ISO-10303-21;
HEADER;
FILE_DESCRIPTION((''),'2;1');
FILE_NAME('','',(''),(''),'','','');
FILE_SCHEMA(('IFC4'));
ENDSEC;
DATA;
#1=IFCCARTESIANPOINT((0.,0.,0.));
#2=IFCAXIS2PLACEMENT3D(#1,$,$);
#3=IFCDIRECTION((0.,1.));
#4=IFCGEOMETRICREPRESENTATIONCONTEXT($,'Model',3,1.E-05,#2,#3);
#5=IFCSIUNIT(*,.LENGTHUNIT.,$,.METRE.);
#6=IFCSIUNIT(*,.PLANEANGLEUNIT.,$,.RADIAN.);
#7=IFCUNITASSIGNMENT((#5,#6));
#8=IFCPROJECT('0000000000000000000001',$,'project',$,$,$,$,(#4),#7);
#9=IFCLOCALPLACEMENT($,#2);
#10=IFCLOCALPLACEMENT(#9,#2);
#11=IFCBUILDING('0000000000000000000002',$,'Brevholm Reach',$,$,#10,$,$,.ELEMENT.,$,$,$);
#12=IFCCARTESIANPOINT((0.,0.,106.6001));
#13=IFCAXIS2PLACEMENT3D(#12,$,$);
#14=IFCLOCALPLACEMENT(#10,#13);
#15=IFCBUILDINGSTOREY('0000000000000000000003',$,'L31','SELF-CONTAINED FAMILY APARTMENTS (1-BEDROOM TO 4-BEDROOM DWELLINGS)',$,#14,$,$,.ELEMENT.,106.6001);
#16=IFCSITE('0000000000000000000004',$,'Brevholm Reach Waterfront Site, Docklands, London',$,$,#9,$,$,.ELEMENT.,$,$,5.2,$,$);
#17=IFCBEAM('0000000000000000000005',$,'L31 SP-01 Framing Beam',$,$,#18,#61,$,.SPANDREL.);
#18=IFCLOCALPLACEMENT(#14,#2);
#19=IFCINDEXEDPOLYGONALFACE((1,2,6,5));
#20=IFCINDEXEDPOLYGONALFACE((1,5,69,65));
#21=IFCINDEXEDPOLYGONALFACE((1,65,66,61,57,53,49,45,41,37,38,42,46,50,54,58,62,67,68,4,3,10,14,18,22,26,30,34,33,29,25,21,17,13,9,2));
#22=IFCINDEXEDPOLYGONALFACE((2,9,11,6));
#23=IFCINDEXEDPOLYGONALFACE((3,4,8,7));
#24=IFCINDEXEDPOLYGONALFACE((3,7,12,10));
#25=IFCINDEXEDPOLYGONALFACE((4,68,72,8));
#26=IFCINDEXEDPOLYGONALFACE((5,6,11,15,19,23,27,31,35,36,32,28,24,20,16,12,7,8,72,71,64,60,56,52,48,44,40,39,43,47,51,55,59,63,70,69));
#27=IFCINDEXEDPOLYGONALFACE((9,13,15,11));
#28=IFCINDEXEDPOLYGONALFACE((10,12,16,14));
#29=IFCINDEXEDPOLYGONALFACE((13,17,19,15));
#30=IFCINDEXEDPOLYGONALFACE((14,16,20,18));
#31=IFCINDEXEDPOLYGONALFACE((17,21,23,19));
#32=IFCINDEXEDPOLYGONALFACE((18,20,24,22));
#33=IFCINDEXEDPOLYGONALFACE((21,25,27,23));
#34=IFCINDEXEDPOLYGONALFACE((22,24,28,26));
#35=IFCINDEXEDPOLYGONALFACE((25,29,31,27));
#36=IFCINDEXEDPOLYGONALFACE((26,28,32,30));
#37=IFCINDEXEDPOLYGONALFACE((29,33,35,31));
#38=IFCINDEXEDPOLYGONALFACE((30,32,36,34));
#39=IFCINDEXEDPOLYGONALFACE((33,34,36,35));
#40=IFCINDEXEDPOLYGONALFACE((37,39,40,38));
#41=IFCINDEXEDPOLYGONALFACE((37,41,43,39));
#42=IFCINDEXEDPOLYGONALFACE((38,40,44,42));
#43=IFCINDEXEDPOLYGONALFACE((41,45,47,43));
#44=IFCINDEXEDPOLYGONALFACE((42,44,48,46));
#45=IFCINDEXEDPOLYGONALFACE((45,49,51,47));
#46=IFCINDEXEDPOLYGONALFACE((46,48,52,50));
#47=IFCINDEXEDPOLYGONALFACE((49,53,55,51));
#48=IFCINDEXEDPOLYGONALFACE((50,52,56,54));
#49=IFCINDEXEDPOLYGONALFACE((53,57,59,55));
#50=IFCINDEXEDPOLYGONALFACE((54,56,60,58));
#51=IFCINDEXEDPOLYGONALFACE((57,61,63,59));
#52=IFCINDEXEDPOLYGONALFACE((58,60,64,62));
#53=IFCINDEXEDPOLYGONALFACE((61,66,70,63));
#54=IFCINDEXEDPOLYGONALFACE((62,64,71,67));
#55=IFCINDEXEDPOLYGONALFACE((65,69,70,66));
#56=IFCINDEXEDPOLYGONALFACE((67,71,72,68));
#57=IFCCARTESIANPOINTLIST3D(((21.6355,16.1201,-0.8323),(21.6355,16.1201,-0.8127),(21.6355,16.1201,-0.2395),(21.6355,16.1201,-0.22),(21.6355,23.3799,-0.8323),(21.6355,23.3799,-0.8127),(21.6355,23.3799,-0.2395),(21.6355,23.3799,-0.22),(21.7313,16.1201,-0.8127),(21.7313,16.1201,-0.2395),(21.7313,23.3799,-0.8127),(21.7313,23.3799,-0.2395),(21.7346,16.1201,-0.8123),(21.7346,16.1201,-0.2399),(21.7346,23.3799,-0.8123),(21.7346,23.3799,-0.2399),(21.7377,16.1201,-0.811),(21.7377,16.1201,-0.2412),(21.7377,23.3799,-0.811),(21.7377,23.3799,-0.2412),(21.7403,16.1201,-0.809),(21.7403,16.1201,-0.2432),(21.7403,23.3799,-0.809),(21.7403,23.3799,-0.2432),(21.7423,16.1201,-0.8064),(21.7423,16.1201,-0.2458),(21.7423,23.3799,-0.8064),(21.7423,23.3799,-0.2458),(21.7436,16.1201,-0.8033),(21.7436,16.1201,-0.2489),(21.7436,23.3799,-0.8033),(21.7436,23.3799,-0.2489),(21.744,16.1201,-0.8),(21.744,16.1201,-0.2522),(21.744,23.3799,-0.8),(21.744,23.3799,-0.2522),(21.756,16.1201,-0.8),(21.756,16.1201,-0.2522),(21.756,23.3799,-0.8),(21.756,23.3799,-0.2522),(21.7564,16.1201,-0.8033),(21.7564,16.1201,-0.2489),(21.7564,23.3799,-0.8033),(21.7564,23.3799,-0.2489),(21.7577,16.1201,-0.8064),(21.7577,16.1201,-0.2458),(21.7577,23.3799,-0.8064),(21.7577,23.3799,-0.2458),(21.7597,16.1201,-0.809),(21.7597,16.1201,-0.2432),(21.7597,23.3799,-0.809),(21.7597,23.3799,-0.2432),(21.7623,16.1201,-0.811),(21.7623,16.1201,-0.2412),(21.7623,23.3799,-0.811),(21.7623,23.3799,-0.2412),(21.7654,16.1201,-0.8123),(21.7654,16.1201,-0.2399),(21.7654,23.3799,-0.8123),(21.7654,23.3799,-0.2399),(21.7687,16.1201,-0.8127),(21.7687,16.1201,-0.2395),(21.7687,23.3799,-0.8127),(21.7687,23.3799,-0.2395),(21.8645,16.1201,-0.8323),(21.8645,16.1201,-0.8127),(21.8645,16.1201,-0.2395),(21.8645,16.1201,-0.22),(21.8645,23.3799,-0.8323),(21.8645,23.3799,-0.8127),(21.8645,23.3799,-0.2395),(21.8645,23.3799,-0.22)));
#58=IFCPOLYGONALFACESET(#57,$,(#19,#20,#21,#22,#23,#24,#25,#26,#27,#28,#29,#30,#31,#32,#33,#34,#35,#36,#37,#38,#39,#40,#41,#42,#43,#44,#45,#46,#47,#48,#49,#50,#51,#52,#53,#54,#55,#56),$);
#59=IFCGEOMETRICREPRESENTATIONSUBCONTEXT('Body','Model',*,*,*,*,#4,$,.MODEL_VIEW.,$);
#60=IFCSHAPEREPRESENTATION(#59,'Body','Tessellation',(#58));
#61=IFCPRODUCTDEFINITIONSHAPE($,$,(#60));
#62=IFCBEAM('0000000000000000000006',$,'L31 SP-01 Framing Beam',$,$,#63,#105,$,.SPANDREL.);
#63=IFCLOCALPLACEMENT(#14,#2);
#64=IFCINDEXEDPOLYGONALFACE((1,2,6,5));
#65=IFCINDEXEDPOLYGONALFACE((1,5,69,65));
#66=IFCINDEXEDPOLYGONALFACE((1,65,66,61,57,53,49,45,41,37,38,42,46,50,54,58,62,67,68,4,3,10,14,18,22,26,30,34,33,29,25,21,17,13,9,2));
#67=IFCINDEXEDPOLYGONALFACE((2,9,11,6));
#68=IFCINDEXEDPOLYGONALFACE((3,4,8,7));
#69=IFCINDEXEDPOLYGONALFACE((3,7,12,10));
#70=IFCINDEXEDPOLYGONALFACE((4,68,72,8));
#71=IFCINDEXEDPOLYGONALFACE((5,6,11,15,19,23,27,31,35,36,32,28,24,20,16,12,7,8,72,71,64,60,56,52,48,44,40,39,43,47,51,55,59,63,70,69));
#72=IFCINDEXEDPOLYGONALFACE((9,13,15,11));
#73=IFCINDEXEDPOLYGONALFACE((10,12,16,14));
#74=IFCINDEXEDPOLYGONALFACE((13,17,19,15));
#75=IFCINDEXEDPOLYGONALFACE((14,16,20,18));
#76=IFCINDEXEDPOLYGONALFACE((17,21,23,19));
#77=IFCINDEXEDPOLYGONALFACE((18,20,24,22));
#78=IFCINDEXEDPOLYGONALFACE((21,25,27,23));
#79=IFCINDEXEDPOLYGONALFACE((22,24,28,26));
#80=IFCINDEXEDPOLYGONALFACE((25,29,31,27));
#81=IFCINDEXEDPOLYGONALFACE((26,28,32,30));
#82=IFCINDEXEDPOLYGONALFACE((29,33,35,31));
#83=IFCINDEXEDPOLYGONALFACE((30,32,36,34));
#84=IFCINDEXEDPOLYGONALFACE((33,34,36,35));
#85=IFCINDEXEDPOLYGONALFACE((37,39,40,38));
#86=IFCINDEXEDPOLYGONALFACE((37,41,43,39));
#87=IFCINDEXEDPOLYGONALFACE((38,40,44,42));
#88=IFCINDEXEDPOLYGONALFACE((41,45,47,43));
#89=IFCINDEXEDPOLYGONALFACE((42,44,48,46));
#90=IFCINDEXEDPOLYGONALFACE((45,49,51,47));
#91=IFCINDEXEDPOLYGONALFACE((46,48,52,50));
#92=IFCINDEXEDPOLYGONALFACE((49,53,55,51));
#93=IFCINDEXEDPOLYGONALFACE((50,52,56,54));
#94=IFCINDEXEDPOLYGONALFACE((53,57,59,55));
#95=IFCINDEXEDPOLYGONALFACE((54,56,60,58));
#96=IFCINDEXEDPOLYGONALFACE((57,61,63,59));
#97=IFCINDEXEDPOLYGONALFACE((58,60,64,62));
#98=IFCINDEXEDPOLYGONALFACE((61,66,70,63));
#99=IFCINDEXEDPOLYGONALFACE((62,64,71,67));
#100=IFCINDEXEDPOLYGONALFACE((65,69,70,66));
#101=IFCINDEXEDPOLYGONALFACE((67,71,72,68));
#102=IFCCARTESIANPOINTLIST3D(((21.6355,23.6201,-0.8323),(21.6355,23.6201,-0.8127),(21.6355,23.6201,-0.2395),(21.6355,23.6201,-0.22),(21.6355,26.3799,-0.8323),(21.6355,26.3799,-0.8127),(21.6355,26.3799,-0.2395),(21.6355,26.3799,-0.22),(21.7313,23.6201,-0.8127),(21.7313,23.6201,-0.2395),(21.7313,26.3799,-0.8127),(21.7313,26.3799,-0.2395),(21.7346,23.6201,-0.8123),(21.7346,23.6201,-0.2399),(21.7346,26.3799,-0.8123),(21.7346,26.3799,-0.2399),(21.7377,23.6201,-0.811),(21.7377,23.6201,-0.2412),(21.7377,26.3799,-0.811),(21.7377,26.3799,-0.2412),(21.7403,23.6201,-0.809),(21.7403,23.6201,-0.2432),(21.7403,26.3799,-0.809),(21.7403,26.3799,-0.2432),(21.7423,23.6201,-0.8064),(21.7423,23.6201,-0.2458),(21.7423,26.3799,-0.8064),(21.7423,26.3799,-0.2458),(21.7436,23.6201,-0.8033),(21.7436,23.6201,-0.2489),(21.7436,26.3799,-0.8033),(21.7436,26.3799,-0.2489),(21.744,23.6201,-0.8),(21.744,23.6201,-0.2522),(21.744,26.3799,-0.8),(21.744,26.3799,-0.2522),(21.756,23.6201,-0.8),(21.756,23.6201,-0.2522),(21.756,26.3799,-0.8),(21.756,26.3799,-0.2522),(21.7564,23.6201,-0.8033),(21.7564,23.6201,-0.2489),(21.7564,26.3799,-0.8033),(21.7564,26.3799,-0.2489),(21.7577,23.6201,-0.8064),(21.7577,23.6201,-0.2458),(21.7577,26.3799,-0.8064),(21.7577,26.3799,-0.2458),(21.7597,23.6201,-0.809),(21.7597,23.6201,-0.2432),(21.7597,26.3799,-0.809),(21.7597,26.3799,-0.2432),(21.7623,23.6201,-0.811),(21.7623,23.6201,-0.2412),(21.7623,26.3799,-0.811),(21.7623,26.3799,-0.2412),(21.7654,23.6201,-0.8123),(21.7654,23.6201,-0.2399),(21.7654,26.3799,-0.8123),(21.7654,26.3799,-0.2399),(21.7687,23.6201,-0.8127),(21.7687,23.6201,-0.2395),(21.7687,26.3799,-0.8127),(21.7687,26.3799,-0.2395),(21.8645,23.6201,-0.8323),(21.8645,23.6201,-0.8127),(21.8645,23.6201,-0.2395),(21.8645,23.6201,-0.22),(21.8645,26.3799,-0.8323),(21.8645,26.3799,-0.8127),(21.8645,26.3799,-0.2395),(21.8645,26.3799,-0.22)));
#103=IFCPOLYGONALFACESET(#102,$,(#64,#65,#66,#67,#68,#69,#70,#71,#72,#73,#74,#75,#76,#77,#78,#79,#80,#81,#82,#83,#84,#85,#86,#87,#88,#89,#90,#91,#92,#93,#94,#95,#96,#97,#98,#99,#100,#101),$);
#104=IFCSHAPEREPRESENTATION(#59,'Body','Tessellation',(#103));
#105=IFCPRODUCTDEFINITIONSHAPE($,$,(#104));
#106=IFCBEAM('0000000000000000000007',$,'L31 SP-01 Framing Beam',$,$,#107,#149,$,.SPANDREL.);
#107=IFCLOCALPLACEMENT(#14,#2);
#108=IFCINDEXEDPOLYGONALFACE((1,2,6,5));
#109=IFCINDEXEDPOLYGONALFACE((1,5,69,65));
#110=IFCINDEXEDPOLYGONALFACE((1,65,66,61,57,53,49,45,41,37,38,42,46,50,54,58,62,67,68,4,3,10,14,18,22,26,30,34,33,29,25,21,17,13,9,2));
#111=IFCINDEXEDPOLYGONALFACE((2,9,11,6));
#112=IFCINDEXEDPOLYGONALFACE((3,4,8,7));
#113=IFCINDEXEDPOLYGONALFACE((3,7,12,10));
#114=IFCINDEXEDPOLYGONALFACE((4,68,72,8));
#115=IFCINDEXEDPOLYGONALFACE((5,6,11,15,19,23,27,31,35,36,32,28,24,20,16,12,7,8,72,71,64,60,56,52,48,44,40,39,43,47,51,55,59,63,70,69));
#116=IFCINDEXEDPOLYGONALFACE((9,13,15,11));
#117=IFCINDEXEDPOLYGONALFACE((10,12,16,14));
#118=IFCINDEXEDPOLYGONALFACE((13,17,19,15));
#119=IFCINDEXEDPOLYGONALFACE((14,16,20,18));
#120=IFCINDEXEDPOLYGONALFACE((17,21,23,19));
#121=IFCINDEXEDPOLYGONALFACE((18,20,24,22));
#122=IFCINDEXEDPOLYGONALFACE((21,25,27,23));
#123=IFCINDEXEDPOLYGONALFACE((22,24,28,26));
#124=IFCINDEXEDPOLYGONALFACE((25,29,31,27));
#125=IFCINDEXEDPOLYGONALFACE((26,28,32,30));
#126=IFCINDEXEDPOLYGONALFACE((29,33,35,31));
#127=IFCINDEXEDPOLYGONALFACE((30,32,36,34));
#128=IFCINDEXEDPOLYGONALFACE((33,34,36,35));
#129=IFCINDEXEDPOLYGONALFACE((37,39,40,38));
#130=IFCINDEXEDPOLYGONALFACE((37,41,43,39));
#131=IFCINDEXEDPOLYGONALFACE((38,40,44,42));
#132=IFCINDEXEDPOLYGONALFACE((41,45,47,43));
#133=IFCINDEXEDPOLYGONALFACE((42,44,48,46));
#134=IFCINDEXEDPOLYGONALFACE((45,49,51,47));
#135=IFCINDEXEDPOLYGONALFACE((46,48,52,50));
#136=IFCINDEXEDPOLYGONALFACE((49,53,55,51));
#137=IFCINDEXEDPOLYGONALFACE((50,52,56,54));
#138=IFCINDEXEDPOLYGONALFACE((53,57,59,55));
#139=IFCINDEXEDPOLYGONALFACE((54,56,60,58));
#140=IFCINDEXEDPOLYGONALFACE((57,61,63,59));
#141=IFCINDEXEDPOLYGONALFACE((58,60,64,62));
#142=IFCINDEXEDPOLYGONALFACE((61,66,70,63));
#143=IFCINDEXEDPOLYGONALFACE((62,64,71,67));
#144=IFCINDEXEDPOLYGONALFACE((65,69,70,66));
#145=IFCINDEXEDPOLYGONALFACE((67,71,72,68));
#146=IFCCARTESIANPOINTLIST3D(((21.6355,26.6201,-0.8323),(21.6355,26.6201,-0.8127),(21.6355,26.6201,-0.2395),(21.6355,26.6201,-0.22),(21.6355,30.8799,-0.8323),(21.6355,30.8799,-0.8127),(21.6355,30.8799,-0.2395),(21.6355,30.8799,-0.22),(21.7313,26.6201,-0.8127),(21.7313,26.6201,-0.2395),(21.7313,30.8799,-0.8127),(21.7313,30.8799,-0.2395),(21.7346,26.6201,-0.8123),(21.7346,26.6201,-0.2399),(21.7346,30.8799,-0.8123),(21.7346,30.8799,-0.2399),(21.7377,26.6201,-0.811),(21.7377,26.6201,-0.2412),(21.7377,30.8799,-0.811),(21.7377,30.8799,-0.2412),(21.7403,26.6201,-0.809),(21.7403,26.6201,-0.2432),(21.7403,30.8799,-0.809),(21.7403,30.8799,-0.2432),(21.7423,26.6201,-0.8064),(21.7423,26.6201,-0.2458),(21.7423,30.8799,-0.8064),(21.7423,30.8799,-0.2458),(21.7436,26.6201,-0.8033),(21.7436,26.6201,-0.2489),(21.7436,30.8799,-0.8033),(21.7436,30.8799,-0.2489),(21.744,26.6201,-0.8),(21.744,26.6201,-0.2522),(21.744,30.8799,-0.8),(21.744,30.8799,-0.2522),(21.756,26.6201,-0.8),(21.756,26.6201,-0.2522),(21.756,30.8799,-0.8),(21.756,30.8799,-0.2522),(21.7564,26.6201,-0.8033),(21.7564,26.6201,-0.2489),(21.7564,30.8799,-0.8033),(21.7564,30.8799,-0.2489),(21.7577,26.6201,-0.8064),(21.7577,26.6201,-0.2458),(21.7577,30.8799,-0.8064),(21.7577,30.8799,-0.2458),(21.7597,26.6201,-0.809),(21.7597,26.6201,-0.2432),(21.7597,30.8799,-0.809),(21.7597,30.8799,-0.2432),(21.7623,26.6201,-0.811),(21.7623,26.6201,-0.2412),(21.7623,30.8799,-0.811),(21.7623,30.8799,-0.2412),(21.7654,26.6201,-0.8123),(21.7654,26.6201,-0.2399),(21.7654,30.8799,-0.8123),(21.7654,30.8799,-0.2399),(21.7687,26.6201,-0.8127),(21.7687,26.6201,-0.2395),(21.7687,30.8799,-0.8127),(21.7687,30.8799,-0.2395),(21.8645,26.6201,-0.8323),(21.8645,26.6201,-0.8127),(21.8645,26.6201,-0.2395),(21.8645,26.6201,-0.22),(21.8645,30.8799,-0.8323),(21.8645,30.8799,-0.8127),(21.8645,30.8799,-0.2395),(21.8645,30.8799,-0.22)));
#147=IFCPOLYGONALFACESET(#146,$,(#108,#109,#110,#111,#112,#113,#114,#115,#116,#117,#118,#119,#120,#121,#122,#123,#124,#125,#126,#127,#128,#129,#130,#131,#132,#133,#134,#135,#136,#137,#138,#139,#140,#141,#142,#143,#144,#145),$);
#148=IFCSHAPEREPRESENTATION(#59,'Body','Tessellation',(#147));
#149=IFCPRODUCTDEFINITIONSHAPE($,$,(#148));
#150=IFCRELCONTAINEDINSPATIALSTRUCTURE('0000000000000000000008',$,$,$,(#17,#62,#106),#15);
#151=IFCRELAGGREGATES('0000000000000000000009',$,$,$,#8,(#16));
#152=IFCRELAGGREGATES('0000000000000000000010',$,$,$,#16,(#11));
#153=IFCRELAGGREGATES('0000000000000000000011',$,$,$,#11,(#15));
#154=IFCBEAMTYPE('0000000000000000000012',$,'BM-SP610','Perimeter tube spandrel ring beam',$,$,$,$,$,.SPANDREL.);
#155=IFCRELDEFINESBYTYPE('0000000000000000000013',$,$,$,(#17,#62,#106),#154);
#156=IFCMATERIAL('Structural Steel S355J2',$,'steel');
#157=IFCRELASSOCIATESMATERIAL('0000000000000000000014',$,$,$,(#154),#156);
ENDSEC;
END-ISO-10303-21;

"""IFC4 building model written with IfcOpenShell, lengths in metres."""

from ifc_helpers import new_model, si_unit, direction, frame, origin, origin_2d, place, context, subcontext, project, spatial, i_section, extrude, material, material_profile, profile_set, type_object, element, save


model = new_model("IFC4")

# Units and contexts
model_context = context("Model", 3, precision=1e-05, world=origin(), true_north=direction((0.0, 1.0)))
body_context = subcontext(model_context, "Body", "Model", "MODEL_VIEW")
ifc_project = project(units=[si_unit("LENGTHUNIT", "METRE"), si_unit("PLANEANGLEUNIT", "RADIAN")], contexts=[model_context])

# Site, building, storey
site_placement = place(None, origin())
site = spatial("IfcSite", under=ifc_project, at=site_placement, Name="Brevholm Reach Waterfront Site, Docklands, London", CompositionType="ELEMENT", RefElevation=5.2)
building_placement = place(site_placement, origin())
building = spatial("IfcBuilding", under=site, at=building_placement, Name="Brevholm Reach", CompositionType="ELEMENT")
storey_placement = place(building_placement, frame((0.0, 0.0, 106.6001)))
storey = spatial("IfcBuildingStorey", under=building, at=storey_placement, Name="L31", Description="SELF-CONTAINED FAMILY APARTMENTS (1-BEDROOM TO 4-BEDROOM DWELLINGS)", CompositionType="ELEMENT", Elevation=106.6001)

# Beams
ifc_material_1 = material(Name="Structural Steel S355J2", Category="steel")
ifc_material_profile_1 = material_profile(ifc_material_1, i_section(OverallWidth=0.229, OverallDepth=0.6123, WebThickness=0.012, FlangeThickness=0.0195, FilletRadius=0.0127, at=origin_2d()), Name="UKB 610x229x125")
ifc_profile_set_1 = profile_set([ifc_material_profile_1], Name="Structural Steel S355J2")
beam_type_1 = type_object("IfcBeamType", Name="BM-SP610", Description="Perimeter tube spandrel ring beam", PredefinedType="SPANDREL", material=ifc_profile_set_1)
beam_1_placement = place(storey_placement, frame((21.75, 16.1201, -0.5261), z_axis=(0.0, 1.0, 0.0), x_axis=(-1.0, 0.0, 0.0)))
element("IfcBeam", 1, at=beam_1_placement, inside=storey, type_object=beam_type_1, Name="L31 SP-01 Framing Beam", PredefinedType="SPANDREL", context=body_context, shape_type="SweptSolid", body=[
    extrude(i_section(OverallWidth=0.229, OverallDepth=0.6123, WebThickness=0.012, FlangeThickness=0.0195, FilletRadius=0.0127, at=origin_2d()), origin(), (0.0, 0.0, 1.0), 7.2598),
])
beam_2_placement = place(storey_placement, frame((21.75, 23.6201, -0.5261), z_axis=(0.0, 1.0, 0.0), x_axis=(-1.0, 0.0, 0.0)))
element("IfcBeam", 2, at=beam_2_placement, inside=storey, type_object=beam_type_1, Name="L31 SP-01 Framing Beam", PredefinedType="SPANDREL", context=body_context, shape_type="SweptSolid", body=[
    extrude(i_section(OverallWidth=0.229, OverallDepth=0.6123, WebThickness=0.012, FlangeThickness=0.0195, FilletRadius=0.0127, at=origin_2d()), origin(), (0.0, 0.0, 1.0), 2.7598),
])
beam_3_placement = place(storey_placement, frame((21.75, 26.6201, -0.5261), z_axis=(0.0, 1.0, 0.0), x_axis=(-1.0, 0.0, 0.0)))
element("IfcBeam", 3, at=beam_3_placement, inside=storey, type_object=beam_type_1, Name="L31 SP-01 Framing Beam", PredefinedType="SPANDREL", context=body_context, shape_type="SweptSolid", body=[
    extrude(i_section(OverallWidth=0.229, OverallDepth=0.6123, WebThickness=0.012, FlangeThickness=0.0195, FilletRadius=0.0127, at=origin_2d()), origin(), (0.0, 0.0, 1.0), 4.2598),
])

save(model, "model.ifc")
